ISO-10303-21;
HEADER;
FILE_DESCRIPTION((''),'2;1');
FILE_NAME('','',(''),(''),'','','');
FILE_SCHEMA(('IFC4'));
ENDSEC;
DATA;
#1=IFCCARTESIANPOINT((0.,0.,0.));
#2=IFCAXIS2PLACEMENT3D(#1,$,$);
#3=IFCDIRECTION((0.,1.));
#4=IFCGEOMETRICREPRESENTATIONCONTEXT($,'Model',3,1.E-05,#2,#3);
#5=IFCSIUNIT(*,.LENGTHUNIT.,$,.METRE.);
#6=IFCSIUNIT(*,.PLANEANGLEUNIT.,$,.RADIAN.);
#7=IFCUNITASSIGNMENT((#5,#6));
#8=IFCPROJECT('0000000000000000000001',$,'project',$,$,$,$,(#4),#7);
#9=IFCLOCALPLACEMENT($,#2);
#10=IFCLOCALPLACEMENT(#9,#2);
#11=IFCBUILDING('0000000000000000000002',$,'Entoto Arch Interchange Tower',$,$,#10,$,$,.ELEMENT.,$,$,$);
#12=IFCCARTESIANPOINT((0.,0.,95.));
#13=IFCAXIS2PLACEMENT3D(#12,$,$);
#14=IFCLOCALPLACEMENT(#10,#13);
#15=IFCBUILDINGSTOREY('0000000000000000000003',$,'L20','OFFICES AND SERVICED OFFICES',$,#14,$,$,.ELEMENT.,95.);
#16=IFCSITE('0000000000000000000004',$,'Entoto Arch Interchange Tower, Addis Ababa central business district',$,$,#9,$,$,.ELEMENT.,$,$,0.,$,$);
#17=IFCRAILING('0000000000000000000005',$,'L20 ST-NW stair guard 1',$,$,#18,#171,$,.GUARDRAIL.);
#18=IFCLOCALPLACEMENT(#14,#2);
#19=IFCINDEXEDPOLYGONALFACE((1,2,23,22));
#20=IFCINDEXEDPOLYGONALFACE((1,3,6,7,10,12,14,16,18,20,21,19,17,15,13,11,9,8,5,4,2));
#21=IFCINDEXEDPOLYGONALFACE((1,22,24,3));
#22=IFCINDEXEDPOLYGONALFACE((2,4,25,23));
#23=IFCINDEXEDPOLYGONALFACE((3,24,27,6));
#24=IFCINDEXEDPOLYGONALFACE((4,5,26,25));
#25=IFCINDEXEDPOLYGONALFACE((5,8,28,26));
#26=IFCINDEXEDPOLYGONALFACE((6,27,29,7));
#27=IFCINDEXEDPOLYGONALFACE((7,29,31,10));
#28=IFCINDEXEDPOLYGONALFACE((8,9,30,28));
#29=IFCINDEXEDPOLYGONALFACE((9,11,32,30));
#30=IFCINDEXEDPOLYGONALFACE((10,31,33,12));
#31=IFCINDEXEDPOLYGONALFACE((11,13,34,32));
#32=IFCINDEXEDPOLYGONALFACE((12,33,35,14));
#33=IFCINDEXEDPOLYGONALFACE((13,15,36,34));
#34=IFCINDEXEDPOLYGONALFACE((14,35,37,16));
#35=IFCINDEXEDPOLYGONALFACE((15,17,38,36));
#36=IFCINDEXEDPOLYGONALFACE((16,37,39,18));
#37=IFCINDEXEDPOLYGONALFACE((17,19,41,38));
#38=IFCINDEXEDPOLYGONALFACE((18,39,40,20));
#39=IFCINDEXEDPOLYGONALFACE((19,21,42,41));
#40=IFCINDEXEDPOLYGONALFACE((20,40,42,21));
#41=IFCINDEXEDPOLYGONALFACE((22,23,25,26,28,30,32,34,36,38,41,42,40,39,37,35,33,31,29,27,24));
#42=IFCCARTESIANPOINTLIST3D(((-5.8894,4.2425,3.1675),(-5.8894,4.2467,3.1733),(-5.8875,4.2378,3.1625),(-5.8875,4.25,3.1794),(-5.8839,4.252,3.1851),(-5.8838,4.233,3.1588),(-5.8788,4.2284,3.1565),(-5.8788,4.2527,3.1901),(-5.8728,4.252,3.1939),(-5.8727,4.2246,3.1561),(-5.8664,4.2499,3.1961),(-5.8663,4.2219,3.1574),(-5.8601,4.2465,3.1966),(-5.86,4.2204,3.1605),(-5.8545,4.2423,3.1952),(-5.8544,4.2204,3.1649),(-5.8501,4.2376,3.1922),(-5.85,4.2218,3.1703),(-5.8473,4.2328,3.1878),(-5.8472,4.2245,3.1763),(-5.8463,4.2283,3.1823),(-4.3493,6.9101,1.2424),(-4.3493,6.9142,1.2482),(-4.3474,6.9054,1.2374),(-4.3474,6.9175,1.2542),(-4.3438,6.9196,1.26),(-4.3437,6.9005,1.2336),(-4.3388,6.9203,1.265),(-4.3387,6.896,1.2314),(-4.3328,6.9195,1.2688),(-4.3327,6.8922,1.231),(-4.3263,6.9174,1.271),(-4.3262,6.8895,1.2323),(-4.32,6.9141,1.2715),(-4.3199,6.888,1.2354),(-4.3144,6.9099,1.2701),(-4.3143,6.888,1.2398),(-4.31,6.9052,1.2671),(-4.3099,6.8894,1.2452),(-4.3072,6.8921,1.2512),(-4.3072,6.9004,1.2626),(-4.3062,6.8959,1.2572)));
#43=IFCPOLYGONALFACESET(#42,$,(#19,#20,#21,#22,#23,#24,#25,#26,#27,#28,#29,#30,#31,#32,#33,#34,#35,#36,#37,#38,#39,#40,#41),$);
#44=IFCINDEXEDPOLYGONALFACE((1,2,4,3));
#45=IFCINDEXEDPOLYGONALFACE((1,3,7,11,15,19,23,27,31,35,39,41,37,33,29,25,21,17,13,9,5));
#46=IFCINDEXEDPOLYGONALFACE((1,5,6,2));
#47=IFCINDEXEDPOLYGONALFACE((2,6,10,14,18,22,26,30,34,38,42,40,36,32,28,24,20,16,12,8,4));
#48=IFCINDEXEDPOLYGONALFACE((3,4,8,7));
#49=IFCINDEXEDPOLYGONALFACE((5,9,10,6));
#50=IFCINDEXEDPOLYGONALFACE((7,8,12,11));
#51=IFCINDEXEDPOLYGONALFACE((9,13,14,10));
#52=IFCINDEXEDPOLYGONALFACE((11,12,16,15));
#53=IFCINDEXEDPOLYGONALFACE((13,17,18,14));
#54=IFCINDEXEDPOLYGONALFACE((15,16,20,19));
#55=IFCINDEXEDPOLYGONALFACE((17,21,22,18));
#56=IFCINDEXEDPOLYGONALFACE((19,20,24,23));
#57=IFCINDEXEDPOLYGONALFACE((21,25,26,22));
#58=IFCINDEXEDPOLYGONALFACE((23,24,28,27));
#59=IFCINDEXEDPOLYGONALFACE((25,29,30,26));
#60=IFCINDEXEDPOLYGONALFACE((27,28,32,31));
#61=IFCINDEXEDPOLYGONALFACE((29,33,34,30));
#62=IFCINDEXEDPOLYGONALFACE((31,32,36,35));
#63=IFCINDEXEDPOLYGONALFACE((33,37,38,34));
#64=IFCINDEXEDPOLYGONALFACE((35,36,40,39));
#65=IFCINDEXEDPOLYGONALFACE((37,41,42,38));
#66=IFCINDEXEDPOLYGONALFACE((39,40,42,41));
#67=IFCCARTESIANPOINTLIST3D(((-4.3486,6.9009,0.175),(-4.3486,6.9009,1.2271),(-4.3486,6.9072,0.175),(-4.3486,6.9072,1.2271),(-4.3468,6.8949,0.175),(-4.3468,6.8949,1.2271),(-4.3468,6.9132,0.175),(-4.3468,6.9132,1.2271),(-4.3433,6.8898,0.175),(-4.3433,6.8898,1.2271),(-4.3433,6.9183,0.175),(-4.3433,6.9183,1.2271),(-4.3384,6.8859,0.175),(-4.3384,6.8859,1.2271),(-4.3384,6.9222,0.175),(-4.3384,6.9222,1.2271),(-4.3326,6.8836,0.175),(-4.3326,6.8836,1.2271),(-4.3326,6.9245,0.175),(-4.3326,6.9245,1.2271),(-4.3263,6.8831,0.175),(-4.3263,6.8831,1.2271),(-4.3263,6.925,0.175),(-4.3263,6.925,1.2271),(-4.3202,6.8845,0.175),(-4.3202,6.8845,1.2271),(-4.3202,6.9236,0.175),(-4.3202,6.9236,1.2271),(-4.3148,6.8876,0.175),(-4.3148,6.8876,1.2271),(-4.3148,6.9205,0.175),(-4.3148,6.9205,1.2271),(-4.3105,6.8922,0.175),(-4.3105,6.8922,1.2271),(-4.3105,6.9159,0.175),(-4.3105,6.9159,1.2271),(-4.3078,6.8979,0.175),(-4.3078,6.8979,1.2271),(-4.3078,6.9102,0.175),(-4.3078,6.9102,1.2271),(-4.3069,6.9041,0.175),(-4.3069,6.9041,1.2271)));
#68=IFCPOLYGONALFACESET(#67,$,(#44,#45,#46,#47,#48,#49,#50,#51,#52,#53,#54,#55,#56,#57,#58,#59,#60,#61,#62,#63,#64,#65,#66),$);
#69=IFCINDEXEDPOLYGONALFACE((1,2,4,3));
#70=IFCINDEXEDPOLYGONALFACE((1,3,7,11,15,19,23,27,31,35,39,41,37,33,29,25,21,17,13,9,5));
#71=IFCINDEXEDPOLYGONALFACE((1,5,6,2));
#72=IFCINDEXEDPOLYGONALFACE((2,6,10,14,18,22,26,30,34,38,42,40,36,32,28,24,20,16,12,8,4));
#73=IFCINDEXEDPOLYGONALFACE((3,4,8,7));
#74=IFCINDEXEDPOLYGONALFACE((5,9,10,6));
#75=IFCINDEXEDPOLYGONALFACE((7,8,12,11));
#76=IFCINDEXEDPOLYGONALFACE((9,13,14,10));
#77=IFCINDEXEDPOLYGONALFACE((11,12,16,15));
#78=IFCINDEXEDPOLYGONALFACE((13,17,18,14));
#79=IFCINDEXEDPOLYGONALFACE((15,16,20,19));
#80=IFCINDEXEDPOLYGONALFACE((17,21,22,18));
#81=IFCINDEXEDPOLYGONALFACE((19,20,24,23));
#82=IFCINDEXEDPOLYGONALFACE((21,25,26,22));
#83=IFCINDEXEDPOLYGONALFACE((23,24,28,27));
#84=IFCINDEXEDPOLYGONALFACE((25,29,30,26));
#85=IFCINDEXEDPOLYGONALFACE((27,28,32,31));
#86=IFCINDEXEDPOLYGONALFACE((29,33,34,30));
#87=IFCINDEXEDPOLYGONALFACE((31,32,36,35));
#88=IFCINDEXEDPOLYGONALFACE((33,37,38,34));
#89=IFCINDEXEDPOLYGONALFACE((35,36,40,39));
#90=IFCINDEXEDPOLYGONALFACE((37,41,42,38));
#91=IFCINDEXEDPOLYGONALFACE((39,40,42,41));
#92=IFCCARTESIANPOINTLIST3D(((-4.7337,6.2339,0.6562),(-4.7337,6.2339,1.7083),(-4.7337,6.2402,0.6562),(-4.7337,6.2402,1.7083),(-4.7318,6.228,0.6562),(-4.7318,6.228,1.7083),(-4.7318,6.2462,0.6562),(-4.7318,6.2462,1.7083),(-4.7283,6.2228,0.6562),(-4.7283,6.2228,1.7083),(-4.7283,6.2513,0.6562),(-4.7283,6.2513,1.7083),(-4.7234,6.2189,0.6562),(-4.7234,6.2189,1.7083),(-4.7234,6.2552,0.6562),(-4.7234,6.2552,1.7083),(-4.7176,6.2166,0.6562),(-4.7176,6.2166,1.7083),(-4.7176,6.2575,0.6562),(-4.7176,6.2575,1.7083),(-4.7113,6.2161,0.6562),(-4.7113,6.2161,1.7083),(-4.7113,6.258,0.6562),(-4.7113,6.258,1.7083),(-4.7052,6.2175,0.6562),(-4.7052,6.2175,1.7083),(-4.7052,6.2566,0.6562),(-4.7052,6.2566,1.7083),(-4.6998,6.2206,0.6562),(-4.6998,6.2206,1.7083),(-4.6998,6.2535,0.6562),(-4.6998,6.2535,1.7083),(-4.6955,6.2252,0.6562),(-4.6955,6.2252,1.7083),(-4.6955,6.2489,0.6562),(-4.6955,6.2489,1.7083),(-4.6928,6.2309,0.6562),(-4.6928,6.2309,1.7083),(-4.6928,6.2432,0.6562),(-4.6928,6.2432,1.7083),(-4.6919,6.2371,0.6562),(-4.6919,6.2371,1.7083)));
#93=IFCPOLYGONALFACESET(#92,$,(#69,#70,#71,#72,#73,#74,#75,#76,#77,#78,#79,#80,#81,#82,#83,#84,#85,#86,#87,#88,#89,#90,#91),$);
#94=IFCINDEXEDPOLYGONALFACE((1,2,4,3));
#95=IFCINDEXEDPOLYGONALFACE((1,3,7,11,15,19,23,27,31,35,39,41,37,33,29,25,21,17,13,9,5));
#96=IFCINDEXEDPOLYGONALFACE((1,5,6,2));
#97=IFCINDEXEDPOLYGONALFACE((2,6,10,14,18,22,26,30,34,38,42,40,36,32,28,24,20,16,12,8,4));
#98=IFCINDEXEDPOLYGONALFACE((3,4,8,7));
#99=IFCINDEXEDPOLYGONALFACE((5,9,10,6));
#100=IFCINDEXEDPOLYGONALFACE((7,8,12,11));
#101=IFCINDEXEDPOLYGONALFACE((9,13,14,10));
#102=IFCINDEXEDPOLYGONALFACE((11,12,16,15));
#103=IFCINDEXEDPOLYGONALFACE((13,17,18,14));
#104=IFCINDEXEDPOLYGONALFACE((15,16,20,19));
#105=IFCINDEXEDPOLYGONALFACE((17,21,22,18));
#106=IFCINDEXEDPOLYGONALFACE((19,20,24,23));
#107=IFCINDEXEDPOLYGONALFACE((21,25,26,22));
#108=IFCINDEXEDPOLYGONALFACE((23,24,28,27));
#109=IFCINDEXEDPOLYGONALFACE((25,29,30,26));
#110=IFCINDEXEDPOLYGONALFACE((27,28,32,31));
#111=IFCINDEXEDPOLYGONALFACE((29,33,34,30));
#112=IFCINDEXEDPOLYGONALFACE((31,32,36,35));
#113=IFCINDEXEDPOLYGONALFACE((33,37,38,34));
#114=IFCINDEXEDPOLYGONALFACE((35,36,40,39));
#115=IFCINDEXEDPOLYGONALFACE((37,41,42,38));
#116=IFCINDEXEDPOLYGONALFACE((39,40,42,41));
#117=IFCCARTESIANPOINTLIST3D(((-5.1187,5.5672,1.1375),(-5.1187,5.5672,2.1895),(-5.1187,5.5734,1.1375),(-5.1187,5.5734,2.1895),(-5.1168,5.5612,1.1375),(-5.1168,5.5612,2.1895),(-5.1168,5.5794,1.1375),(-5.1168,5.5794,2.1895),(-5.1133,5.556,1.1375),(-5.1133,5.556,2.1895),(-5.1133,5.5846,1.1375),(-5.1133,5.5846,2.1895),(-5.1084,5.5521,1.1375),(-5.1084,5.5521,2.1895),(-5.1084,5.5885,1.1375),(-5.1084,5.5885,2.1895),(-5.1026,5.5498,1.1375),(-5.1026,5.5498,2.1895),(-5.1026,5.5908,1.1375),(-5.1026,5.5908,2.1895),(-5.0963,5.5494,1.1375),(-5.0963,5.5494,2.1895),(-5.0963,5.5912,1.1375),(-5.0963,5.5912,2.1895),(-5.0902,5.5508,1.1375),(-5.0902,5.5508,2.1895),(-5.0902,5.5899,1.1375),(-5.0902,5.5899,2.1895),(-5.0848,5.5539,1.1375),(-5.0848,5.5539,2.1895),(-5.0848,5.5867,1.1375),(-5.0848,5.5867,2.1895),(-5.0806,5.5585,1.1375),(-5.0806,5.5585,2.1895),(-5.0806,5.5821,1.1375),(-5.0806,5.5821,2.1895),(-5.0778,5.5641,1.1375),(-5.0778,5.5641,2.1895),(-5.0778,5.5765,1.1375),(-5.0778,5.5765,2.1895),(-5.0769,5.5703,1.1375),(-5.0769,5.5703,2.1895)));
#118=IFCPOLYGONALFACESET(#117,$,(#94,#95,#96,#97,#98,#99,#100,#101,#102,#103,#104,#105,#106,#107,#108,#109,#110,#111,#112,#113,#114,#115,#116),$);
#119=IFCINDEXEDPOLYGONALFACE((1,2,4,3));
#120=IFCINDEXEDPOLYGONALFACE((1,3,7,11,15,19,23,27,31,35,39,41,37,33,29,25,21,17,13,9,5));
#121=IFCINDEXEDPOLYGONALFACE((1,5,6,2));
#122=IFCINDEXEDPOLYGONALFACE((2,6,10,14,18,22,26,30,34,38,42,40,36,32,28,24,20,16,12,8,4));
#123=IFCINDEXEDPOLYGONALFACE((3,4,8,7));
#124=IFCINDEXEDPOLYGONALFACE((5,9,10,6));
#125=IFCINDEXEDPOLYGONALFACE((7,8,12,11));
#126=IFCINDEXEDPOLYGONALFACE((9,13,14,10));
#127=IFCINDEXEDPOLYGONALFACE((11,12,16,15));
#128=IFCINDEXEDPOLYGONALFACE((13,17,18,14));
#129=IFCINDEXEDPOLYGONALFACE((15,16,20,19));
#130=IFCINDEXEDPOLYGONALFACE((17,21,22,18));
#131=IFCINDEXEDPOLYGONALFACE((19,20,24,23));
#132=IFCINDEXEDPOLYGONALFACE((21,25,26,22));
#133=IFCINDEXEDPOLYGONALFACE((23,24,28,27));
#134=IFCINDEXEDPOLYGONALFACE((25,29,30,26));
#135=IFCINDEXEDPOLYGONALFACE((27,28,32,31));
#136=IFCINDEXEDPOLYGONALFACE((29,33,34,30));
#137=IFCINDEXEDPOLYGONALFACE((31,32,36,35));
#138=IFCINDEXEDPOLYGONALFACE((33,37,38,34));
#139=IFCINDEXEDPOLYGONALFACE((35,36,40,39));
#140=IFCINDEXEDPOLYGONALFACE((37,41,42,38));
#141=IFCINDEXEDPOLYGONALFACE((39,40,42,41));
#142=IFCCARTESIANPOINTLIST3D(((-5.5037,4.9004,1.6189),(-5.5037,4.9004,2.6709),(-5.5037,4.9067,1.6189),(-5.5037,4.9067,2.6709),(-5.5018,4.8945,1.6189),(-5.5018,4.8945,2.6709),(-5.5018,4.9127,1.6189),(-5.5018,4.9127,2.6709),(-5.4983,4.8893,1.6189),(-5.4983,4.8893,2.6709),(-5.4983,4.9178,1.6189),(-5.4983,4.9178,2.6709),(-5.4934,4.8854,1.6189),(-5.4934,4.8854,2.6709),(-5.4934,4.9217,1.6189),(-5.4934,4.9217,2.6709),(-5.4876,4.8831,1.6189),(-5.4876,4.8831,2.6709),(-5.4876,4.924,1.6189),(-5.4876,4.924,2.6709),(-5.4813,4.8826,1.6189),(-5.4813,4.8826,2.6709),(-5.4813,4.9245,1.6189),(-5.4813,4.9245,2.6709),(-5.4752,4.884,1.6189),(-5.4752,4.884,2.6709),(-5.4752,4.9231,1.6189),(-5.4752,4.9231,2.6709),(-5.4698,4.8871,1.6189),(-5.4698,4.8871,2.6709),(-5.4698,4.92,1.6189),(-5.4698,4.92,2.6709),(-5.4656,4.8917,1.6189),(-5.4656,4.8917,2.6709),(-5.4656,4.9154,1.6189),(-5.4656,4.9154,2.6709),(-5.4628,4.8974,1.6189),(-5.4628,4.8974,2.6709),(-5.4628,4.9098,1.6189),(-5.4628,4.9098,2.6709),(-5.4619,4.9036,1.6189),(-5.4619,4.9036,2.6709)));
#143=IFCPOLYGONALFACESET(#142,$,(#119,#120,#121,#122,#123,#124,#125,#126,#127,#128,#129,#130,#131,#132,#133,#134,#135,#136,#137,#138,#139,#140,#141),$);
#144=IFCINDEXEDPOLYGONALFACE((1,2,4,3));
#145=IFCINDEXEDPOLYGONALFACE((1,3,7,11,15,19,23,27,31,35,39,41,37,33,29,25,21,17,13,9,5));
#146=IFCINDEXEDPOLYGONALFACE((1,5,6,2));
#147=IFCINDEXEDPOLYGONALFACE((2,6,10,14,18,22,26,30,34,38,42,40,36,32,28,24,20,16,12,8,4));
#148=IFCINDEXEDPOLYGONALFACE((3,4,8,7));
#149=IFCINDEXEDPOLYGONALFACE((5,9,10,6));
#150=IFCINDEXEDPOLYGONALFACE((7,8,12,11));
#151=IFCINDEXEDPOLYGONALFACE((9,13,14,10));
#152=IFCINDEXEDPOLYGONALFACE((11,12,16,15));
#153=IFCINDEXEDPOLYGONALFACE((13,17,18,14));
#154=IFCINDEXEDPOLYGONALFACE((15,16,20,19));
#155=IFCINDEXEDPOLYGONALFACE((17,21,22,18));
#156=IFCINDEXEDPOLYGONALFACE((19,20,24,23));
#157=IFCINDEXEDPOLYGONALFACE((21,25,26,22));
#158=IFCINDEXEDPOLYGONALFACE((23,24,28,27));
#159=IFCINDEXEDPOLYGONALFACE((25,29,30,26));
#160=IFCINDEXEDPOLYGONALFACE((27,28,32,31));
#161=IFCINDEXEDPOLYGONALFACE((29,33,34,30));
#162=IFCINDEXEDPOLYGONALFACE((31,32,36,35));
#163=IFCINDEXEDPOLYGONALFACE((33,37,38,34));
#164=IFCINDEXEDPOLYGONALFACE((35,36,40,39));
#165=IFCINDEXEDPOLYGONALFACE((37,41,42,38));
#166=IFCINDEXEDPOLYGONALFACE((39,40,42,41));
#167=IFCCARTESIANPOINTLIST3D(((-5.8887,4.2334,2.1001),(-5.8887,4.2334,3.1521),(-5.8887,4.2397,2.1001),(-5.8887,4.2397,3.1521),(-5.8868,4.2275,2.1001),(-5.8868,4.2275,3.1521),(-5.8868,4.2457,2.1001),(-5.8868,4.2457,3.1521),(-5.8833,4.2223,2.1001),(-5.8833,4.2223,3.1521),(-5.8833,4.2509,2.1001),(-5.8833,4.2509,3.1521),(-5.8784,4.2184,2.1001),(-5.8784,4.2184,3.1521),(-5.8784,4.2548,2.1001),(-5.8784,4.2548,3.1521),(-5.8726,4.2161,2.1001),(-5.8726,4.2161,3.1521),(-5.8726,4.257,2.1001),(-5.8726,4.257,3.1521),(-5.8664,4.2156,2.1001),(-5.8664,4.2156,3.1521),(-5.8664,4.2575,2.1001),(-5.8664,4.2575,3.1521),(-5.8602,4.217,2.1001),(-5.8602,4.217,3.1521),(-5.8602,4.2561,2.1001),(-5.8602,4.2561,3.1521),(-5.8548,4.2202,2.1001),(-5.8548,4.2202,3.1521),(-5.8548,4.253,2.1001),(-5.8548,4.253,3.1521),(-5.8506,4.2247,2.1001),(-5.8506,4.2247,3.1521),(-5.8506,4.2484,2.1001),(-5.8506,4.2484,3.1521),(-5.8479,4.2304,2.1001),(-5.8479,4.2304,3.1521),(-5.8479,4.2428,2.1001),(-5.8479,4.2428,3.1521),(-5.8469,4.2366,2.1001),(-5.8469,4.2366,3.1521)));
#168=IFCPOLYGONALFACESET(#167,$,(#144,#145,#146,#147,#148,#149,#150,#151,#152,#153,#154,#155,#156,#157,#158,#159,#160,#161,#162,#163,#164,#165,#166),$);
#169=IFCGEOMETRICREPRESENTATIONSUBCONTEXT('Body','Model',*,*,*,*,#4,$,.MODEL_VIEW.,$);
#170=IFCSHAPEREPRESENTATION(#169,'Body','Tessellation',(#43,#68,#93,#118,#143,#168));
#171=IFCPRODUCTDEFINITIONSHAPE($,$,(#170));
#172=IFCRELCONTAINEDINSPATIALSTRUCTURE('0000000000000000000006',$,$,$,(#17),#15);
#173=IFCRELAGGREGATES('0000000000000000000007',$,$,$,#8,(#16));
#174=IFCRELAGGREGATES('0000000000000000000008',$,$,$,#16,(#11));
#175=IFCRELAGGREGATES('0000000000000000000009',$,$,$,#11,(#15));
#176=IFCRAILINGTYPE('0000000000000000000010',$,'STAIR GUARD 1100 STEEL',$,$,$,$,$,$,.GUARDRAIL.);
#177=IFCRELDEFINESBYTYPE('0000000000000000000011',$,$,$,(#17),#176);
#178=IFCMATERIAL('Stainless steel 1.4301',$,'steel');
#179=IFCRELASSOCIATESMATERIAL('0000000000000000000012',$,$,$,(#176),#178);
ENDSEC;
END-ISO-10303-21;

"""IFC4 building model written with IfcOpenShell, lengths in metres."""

from ifc_helpers import new_model, si_unit, direction, frame, origin, origin_2d, place, context, subcontext, project, spatial, circle, extrude, material, type_object, element, save


model = new_model("IFC4")

# Units and contexts
model_context = context("Model", 3, precision=1e-05, world=origin(), true_north=direction((0.0, 1.0)))
body_context = subcontext(model_context, "Body", "Model", "MODEL_VIEW")
ifc_project = project(units=[si_unit("LENGTHUNIT", "METRE"), si_unit("PLANEANGLEUNIT", "RADIAN")], contexts=[model_context])

# Site, building, storey
site_placement = place(None, origin())
site = spatial("IfcSite", under=ifc_project, at=site_placement, Name="Entoto Arch Interchange Tower, Addis Ababa central business district", CompositionType="ELEMENT", RefElevation=0.0)
building_placement = place(site_placement, origin())
building = spatial("IfcBuilding", under=site, at=building_placement, Name="Entoto Arch Interchange Tower", CompositionType="ELEMENT")
storey_placement = place(building_placement, frame((0.0, 0.0, 95.0)))
storey = spatial("IfcBuildingStorey", under=building, at=storey_placement, Name="L20", Description="OFFICES AND SERVICED OFFICES", CompositionType="ELEMENT", Elevation=95.0)

# Railing
ifc_material_1 = material(Name="Stainless steel 1.4301", Category="steel")
railing_type_1 = type_object("IfcRailingType", Name="STAIR GUARD 1100 STEEL", PredefinedType="GUARDRAIL", material=ifc_material_1)
railing_1_placement = place(storey_placement, frame((-4.3279, 6.9041, 0.175)))
element("IfcRailing", 1, at=railing_1_placement, inside=storey, type_object=railing_type_1, Name="L20 ST-NW stair guard 1", PredefinedType="GUARDRAIL", context=body_context, shape_type="SweptSolid", body=[
    extrude(circle(Radius=0.0239, at=origin_2d()), frame((0.0, 0.0, 1.0762), z_axis=(-0.423994, -0.734395, 0.529993), x_axis=(0.86603, -0.499992, 0.0)), (0.0, 0.0, 1.0), 3.6323),
    extrude(circle(Radius=0.021, at=origin_2d()), origin(), (0.0, 0.0, 1.0), 1.052),
    extrude(circle(Radius=0.021, at=origin_2d()), frame((-0.385, -0.667, 0.4812)), (0.0, 0.0, 1.0), 1.052),
    extrude(circle(Radius=0.021, at=origin_2d()), frame((-0.77, -1.3337, 0.9624)), (0.0, 0.0, 1.0), 1.052),
    extrude(circle(Radius=0.021, at=origin_2d()), frame((-1.155, -2.0005, 1.4438)), (0.0, 0.0, 1.0), 1.052),
    extrude(circle(Radius=0.021, at=origin_2d()), frame((-1.54, -2.6675, 1.925)), (0.0, 0.0, 1.0), 1.052),
])

save(model, "model.ifc")
